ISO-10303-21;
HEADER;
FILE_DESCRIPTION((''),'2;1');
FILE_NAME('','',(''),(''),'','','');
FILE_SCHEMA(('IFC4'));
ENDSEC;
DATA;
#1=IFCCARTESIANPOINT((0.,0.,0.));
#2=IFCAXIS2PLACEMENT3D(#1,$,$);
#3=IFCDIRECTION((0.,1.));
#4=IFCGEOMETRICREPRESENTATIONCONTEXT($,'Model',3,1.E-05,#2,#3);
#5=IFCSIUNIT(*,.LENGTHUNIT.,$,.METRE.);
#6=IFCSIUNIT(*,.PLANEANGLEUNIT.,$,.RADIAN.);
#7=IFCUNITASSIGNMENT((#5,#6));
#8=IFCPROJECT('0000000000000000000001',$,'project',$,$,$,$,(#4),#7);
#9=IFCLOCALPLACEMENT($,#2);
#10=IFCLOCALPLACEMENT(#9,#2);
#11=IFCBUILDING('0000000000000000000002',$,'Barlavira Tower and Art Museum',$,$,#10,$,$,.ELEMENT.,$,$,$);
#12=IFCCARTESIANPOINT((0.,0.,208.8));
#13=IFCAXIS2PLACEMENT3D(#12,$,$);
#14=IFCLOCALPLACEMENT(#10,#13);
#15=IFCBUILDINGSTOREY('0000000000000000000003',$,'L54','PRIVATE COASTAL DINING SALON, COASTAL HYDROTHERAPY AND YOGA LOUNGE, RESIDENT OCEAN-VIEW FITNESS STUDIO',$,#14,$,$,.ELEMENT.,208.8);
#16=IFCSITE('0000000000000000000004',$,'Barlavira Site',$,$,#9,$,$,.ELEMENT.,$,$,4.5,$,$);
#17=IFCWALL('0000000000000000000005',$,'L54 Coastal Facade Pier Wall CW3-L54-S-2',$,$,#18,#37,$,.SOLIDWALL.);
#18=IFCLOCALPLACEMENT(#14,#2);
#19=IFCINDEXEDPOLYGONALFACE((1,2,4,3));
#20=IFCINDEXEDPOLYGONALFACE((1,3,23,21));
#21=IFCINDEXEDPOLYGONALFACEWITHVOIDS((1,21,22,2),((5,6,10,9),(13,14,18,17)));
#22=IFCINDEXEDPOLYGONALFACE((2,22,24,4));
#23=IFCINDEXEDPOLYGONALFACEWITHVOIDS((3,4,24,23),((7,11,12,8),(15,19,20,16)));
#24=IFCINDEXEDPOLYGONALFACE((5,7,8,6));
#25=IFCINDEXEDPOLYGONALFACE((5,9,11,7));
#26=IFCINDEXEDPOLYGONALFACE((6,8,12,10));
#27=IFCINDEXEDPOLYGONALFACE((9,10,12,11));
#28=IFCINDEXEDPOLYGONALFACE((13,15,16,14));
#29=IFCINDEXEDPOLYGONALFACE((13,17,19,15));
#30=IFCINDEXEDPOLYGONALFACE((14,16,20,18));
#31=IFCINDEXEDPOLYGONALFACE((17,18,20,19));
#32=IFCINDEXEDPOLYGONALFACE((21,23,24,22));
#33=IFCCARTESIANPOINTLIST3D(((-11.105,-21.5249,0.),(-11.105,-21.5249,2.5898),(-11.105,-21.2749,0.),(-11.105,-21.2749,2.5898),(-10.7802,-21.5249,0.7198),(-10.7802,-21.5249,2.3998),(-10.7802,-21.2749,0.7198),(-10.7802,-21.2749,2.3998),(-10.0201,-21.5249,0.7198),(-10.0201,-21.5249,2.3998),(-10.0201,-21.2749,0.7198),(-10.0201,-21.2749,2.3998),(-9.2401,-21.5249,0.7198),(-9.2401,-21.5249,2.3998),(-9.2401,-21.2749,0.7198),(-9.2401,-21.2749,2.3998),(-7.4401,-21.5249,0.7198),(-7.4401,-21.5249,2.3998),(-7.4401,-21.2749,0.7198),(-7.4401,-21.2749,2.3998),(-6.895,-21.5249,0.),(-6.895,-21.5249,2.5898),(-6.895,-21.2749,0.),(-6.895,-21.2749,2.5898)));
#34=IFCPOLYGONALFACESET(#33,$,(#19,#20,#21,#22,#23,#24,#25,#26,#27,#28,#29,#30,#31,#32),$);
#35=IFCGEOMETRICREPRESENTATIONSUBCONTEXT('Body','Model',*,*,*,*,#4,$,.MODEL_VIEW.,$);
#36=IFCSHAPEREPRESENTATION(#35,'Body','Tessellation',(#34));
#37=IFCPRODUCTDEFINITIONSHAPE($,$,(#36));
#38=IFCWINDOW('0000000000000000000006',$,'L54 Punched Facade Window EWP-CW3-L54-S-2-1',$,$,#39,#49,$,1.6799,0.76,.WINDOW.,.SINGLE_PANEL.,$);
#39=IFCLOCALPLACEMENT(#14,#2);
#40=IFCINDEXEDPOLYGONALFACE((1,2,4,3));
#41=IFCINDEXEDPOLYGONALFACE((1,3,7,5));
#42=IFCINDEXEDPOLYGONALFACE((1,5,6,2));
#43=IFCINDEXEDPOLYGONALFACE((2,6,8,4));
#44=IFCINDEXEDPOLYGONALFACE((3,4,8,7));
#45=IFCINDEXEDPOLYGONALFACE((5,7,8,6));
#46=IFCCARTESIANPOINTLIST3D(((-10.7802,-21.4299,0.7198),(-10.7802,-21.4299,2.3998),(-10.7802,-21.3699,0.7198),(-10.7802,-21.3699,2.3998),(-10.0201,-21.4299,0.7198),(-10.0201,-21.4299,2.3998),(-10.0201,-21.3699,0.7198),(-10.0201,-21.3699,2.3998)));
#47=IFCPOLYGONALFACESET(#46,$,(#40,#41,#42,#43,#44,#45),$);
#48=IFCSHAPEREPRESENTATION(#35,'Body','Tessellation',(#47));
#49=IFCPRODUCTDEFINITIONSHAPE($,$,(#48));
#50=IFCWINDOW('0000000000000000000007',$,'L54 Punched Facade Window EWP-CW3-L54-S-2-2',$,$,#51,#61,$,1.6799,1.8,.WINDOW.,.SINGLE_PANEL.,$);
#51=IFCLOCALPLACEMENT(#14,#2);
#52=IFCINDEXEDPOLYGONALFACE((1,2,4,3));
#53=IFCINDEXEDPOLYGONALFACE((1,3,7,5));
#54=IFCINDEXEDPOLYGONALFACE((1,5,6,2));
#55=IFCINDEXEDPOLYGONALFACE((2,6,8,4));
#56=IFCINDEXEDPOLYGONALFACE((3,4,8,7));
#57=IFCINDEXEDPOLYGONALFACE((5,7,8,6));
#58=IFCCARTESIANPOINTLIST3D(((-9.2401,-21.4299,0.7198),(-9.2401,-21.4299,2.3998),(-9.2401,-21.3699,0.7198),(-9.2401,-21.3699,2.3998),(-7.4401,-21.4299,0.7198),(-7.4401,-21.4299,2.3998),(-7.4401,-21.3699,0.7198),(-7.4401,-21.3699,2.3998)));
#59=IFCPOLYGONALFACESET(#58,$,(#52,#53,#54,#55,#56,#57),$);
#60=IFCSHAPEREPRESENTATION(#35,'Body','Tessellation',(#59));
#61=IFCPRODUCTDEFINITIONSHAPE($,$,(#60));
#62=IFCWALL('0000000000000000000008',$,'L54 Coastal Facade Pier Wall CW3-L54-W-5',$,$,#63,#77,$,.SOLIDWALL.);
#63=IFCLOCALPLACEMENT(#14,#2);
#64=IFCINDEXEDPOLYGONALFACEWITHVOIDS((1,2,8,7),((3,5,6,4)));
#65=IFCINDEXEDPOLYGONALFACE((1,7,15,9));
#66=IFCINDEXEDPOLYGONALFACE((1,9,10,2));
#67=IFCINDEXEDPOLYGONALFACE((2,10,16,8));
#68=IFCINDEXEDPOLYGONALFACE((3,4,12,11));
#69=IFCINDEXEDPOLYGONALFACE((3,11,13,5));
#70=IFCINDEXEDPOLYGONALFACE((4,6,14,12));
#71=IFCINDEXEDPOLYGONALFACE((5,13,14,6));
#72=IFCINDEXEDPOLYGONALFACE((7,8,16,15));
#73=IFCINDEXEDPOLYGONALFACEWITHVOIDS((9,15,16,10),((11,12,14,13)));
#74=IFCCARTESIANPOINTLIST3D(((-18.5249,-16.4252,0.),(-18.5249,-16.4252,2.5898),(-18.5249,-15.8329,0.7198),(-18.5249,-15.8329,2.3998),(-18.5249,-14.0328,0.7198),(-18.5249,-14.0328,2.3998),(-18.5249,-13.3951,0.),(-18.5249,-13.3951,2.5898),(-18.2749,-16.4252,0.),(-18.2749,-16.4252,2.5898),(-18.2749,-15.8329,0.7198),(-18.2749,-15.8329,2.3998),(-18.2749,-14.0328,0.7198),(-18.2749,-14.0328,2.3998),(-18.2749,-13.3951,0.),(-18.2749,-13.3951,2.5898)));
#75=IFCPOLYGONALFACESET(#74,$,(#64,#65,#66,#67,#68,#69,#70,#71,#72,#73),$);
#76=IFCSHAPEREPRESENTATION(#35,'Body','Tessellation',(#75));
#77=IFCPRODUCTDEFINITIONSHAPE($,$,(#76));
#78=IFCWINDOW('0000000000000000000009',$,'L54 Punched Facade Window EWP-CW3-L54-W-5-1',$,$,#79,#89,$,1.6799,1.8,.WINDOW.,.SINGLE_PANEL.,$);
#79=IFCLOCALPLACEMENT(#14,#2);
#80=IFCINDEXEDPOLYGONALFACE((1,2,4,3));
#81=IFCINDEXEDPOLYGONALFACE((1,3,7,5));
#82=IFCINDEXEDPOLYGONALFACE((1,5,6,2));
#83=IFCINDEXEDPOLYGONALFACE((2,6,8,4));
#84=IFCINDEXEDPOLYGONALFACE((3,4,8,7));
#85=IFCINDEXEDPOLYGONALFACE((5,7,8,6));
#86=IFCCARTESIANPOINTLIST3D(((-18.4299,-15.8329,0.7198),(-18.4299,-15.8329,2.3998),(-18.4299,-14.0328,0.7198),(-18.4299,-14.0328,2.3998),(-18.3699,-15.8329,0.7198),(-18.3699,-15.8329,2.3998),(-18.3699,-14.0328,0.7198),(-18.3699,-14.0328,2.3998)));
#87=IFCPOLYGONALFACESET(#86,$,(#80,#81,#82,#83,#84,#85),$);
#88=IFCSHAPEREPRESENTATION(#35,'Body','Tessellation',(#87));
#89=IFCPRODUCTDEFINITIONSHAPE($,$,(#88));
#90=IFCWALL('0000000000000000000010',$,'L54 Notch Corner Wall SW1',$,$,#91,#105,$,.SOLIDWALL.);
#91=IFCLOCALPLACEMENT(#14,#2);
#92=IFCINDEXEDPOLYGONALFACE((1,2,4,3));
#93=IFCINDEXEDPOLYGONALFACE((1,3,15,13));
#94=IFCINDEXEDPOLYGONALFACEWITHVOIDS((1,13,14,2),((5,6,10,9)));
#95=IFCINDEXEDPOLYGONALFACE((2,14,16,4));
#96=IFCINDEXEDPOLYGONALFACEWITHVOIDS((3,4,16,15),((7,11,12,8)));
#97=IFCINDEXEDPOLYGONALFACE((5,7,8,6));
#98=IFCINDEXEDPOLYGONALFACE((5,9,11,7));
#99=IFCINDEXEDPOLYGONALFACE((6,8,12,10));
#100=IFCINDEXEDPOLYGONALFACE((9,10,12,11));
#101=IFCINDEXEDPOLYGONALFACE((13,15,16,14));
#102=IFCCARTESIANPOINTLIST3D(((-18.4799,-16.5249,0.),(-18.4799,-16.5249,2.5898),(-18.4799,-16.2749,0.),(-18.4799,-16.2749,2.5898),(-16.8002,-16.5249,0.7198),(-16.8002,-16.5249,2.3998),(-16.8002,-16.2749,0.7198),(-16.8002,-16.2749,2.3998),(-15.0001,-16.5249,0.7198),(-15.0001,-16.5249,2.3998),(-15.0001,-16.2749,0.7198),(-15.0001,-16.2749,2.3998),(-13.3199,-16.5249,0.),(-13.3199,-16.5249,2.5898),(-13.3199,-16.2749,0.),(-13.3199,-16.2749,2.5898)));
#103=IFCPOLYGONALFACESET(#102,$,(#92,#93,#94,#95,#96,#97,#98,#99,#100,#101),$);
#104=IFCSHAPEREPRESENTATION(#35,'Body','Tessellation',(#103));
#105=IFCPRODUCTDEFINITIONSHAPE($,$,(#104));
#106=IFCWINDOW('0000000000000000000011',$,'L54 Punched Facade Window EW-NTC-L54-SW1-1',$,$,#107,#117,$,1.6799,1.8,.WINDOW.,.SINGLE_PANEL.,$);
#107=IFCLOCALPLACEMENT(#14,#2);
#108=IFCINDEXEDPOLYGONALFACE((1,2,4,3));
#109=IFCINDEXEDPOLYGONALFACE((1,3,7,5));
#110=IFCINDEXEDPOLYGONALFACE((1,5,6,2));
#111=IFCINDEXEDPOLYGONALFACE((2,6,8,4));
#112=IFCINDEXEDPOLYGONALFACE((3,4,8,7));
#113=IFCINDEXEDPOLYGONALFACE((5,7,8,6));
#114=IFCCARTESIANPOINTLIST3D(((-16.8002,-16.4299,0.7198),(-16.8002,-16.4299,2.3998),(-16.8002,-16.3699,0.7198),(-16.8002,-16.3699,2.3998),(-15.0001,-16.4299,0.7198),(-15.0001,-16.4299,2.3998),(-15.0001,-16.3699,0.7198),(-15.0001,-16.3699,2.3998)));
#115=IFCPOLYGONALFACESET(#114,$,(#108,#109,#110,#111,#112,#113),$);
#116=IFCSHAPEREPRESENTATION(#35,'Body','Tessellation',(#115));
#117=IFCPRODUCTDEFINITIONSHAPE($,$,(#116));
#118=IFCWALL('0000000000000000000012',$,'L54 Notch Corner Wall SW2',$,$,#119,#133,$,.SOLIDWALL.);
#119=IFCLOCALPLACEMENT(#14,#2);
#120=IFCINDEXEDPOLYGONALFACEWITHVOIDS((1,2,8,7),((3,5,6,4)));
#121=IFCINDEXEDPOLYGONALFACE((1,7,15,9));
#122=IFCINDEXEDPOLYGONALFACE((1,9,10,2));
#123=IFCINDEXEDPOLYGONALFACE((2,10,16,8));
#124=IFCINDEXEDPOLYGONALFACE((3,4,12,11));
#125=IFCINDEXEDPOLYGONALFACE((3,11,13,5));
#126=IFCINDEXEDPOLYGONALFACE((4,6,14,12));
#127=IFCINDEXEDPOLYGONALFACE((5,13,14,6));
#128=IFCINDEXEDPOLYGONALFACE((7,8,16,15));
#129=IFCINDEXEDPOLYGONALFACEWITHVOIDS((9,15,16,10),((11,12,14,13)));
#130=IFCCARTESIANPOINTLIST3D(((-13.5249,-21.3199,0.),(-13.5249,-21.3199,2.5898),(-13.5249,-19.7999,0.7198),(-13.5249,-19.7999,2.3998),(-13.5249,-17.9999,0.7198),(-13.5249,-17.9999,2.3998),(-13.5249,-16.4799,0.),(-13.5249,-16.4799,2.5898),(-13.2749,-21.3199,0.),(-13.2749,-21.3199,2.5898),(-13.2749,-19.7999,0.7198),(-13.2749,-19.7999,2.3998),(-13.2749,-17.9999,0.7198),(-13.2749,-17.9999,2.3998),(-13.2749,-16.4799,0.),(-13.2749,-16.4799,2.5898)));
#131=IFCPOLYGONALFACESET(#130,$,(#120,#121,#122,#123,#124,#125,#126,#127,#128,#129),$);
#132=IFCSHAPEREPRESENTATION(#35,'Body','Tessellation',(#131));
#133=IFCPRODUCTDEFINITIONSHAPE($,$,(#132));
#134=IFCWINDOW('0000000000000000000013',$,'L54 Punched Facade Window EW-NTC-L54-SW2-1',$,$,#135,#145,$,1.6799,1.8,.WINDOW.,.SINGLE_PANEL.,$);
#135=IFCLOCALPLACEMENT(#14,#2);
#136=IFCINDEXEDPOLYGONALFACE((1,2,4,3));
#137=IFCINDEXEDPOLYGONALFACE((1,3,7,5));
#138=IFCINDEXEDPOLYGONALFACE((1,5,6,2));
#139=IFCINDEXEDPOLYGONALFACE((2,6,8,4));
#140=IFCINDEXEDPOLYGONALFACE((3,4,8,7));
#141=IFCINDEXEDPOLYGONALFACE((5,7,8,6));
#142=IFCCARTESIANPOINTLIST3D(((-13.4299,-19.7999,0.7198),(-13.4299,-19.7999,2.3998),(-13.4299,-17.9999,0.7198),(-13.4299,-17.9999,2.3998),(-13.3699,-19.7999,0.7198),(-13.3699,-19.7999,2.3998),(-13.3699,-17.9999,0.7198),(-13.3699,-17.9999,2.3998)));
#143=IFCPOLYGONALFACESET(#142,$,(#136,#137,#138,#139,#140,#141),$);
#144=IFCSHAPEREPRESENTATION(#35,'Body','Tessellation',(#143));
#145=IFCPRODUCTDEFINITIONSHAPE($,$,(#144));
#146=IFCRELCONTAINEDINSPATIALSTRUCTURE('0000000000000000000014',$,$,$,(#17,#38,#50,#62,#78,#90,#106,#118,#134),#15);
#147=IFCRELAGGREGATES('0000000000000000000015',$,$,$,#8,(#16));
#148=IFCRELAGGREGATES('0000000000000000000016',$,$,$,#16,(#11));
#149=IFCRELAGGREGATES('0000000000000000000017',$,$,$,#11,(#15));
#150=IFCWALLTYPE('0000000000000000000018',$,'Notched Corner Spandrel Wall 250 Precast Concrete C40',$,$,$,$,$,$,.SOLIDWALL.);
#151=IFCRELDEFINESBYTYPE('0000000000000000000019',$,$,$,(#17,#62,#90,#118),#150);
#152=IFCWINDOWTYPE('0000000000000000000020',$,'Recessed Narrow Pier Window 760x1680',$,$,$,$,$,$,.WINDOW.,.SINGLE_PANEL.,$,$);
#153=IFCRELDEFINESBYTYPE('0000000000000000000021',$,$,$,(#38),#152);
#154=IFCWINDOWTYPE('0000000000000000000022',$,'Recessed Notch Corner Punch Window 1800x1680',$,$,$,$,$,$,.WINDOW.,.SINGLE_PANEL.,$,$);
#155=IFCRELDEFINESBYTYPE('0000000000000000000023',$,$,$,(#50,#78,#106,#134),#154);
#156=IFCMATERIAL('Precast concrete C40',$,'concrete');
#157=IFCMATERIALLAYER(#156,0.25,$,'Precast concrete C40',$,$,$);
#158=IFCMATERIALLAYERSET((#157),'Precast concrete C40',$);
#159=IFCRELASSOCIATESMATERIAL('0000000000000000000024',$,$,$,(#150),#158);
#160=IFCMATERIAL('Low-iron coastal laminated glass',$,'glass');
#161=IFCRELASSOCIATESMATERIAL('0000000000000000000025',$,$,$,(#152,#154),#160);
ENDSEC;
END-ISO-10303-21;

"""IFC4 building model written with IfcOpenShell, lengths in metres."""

from ifc_helpers import new_model, si_unit, direction, frame, frame_2d, origin, place, context, subcontext, project, spatial, rectangle, extrude, material, layer, layer_set, type_object, element, fill, save


model = new_model("IFC4")

# Units and contexts
model_context = context("Model", 3, precision=1e-05, world=origin(), true_north=direction((0.0, 1.0)))
body_context = subcontext(model_context, "Body", "Model", "MODEL_VIEW")
ifc_project = project(units=[si_unit("LENGTHUNIT", "METRE"), si_unit("PLANEANGLEUNIT", "RADIAN")], contexts=[model_context])

# Site, building, storey
site_placement = place(None, origin())
site = spatial("IfcSite", under=ifc_project, at=site_placement, Name="Barlavira Site", CompositionType="ELEMENT", RefElevation=4.5)
building_placement = place(site_placement, origin())
building = spatial("IfcBuilding", under=site, at=building_placement, Name="Barlavira Tower and Art Museum", CompositionType="ELEMENT")
storey_placement = place(building_placement, frame((0.0, 0.0, 208.8)))
storey = spatial("IfcBuildingStorey", under=building, at=storey_placement, Name="L54", Description="PRIVATE COASTAL DINING SALON, COASTAL HYDROTHERAPY AND YOGA LOUNGE, RESIDENT OCEAN-VIEW FITNESS STUDIO", CompositionType="ELEMENT", Elevation=208.8)

# Shared definitions
ifc_material_1 = material(Name="Precast concrete C40", Category="concrete")
ifc_layer_1 = layer(ifc_material_1, 0.25, Name="Precast concrete C40")
ifc_layer_set_1 = layer_set([ifc_layer_1], Name="Precast concrete C40")
wall_type = type_object("IfcWallType", Name="Notched Corner Spandrel Wall 250 Precast Concrete C40", PredefinedType="SOLIDWALL", material=ifc_layer_set_1)
ifc_material_2 = material(Name="Low-iron coastal laminated glass", Category="glass")
window_type_1 = type_object("IfcWindowType", Name="Recessed Narrow Pier Window 760x1680", PartitioningType="SINGLE_PANEL", PredefinedType="WINDOW", material=ifc_material_2)

# Wall, openings, windows
wall_1_placement = place(storey_placement, frame((-11.105, -21.3999, 0.0), z_axis=(0.0, 0.0, 1.0), x_axis=(1.0, 0.0, 0.0)))
wall_1 = element("IfcWall", 1, at=wall_1_placement, inside=storey, type_object=wall_type, Name="L54 Coastal Facade Pier Wall CW3-L54-S-2", PredefinedType="SOLIDWALL", context=body_context, shape_type="SweptSolid", body=[
    extrude(rectangle(XDim=4.21, YDim=0.25, at=frame_2d((2.105, 0.0))), origin(), (0.0, 0.0, 1.0), 2.5898),
])
opening_1_placement = place(wall_1_placement, frame((0.325, 0.0, 0.72)))
opening_1 = element("IfcOpeningElement", 2, at=opening_1_placement, cuts=wall_1, PredefinedType="OPENING", context=body_context, shape_type="SweptSolid", body=[
    extrude(rectangle(XDim=0.76, YDim=1.6799, at=frame_2d((0.3799, 0.8398))), frame((0.0, 0.135, 0.0), z_axis=(0.0, -1.0, 0.0), x_axis=(1.0, 0.0, 0.0)), (0.0, 0.0, 1.0), 0.27),
])
opening_2_placement = place(wall_1_placement, frame((1.865, 0.0, 0.72)))
opening_2 = element("IfcOpeningElement", 3, at=opening_2_placement, cuts=wall_1, PredefinedType="OPENING", context=body_context, shape_type="SweptSolid", body=[
    extrude(rectangle(XDim=1.8, YDim=1.6799, at=frame_2d((0.8999, 0.8398))), frame((0.0, 0.135, 0.0), z_axis=(0.0, -1.0, 0.0), x_axis=(1.0, 0.0, 0.0)), (0.0, 0.0, 1.0), 0.27),
])
window_1_placement = place(opening_1_placement, origin())
window_1 = element("IfcWindow", 4, at=window_1_placement, inside=storey, type_object=window_type_1, Name="L54 Punched Facade Window EWP-CW3-L54-S-2-1", OverallHeight=1.6799, OverallWidth=0.76, PartitioningType="SINGLE_PANEL", PredefinedType="WINDOW", context=body_context, shape_type="SweptSolid", body=[
    extrude(rectangle(XDim=0.76, YDim=1.6799, at=frame_2d((0.3799, 0.8398))), frame((0.0, 0.03, 0.0), z_axis=(0.0, -1.0, 0.0), x_axis=(1.0, 0.0, 0.0)), (0.0, 0.0, 1.0), 0.0601),
])
fill(opening_1, window_1)
window_type_2 = type_object("IfcWindowType", Name="Recessed Notch Corner Punch Window 1800x1680", PartitioningType="SINGLE_PANEL", PredefinedType="WINDOW", material=ifc_material_2)
window_2_placement = place(opening_2_placement, origin())
window_2 = element("IfcWindow", 5, at=window_2_placement, inside=storey, type_object=window_type_2, Name="L54 Punched Facade Window EWP-CW3-L54-S-2-2", OverallHeight=1.6799, OverallWidth=1.8, PartitioningType="SINGLE_PANEL", PredefinedType="WINDOW", context=body_context, shape_type="SweptSolid", body=[
    extrude(rectangle(XDim=1.8, YDim=1.6799, at=frame_2d((0.8999, 0.8398))), frame((0.0, 0.03, 0.0), z_axis=(0.0, -1.0, 0.0), x_axis=(1.0, 0.0, 0.0)), (0.0, 0.0, 1.0), 0.0601),
])
fill(opening_2, window_2)

# Walls, openings, windows
wall_2_placement = place(storey_placement, frame((-18.3999, -13.395, 0.0), z_axis=(0.0, 0.0, 1.0), x_axis=(0.0, -1.0, 0.0)))
wall_2 = element("IfcWall", 6, at=wall_2_placement, inside=storey, type_object=wall_type, Name="L54 Coastal Facade Pier Wall CW3-L54-W-5", PredefinedType="SOLIDWALL", context=body_context, shape_type="SweptSolid", body=[
    extrude(rectangle(XDim=3.03, YDim=0.25, at=frame_2d((1.5151, 0.0))), origin(), (0.0, 0.0, 1.0), 2.5898),
])
opening_3_placement = place(wall_2_placement, frame((0.6379, 0.0, 0.72)))
opening_3 = element("IfcOpeningElement", 7, at=opening_3_placement, cuts=wall_2, PredefinedType="OPENING", context=body_context, shape_type="SweptSolid", body=[
    extrude(rectangle(XDim=1.8, YDim=1.6799, at=frame_2d((0.8999, 0.8398))), frame((0.0, 0.135, 0.0), z_axis=(0.0, -1.0, 0.0), x_axis=(1.0, 0.0, 0.0)), (0.0, 0.0, 1.0), 0.27),
])
window_3_placement = place(opening_3_placement, origin())
window_3 = element("IfcWindow", 8, at=window_3_placement, inside=storey, type_object=window_type_2, Name="L54 Punched Facade Window EWP-CW3-L54-W-5-1", OverallHeight=1.6799, OverallWidth=1.8, PartitioningType="SINGLE_PANEL", PredefinedType="WINDOW", context=body_context, shape_type="SweptSolid", body=[
    extrude(rectangle(XDim=1.8, YDim=1.6799, at=frame_2d((0.8999, 0.8398))), frame((0.0, 0.03, 0.0), z_axis=(0.0, -1.0, 0.0), x_axis=(1.0, 0.0, 0.0)), (0.0, 0.0, 1.0), 0.0601),
])
fill(opening_3, window_3)
wall_3_placement = place(storey_placement, frame((-18.48, -16.3999, 0.0), z_axis=(0.0, 0.0, 1.0), x_axis=(1.0, 0.0, 0.0)))
wall_3 = element("IfcWall", 9, at=wall_3_placement, inside=storey, type_object=wall_type, Name="L54 Notch Corner Wall SW1", PredefinedType="SOLIDWALL", context=body_context, shape_type="SweptSolid", body=[
    extrude(rectangle(XDim=5.1599, YDim=0.25, at=frame_2d((2.5801, 0.0))), origin(), (0.0, 0.0, 1.0), 2.5898),
])
opening_4_placement = place(wall_3_placement, frame((1.6799, 0.0, 0.72)))
opening_4 = element("IfcOpeningElement", 10, at=opening_4_placement, cuts=wall_3, PredefinedType="OPENING", context=body_context, shape_type="SweptSolid", body=[
    extrude(rectangle(XDim=1.8, YDim=1.6799, at=frame_2d((0.8999, 0.8398))), frame((0.0, 0.135, 0.0), z_axis=(0.0, -1.0, 0.0), x_axis=(1.0, 0.0, 0.0)), (0.0, 0.0, 1.0), 0.27),
])
window_4_placement = place(opening_4_placement, origin())
window_4 = element("IfcWindow", 11, at=window_4_placement, inside=storey, type_object=window_type_2, Name="L54 Punched Facade Window EW-NTC-L54-SW1-1", OverallHeight=1.6799, OverallWidth=1.8, PartitioningType="SINGLE_PANEL", PredefinedType="WINDOW", context=body_context, shape_type="SweptSolid", body=[
    extrude(rectangle(XDim=1.8, YDim=1.6799, at=frame_2d((0.8999, 0.8398))), frame((0.0, 0.03, 0.0), z_axis=(0.0, -1.0, 0.0), x_axis=(1.0, 0.0, 0.0)), (0.0, 0.0, 1.0), 0.0601),
])
fill(opening_4, window_4)
wall_4_placement = place(storey_placement, frame((-13.3999, -16.48, 0.0), z_axis=(0.0, 0.0, 1.0), x_axis=(0.0, -1.0, 0.0)))
wall_4 = element("IfcWall", 12, at=wall_4_placement, inside=storey, type_object=wall_type, Name="L54 Notch Corner Wall SW2", PredefinedType="SOLIDWALL", context=body_context, shape_type="SweptSolid", body=[
    extrude(rectangle(XDim=4.8401, YDim=0.25, at=frame_2d((2.4199, 0.0))), origin(), (0.0, 0.0, 1.0), 2.5898),
])
opening_5_placement = place(wall_4_placement, frame((1.52, 0.0, 0.72)))
opening_5 = element("IfcOpeningElement", 13, at=opening_5_placement, cuts=wall_4, PredefinedType="OPENING", context=body_context, shape_type="SweptSolid", body=[
    extrude(rectangle(XDim=1.8, YDim=1.6799, at=frame_2d((0.8999, 0.8398))), frame((0.0, 0.135, 0.0), z_axis=(0.0, -1.0, 0.0), x_axis=(1.0, 0.0, 0.0)), (0.0, 0.0, 1.0), 0.27),
])
window_5_placement = place(opening_5_placement, origin())
window_5 = element("IfcWindow", 14, at=window_5_placement, inside=storey, type_object=window_type_2, Name="L54 Punched Facade Window EW-NTC-L54-SW2-1", OverallHeight=1.6799, OverallWidth=1.8, PartitioningType="SINGLE_PANEL", PredefinedType="WINDOW", context=body_context, shape_type="SweptSolid", body=[
    extrude(rectangle(XDim=1.8, YDim=1.6799, at=frame_2d((0.8999, 0.8398))), frame((0.0, 0.03, 0.0), z_axis=(0.0, -1.0, 0.0), x_axis=(1.0, 0.0, 0.0)), (0.0, 0.0, 1.0), 0.0601),
])
fill(opening_5, window_5)

save(model, "model.ifc")
